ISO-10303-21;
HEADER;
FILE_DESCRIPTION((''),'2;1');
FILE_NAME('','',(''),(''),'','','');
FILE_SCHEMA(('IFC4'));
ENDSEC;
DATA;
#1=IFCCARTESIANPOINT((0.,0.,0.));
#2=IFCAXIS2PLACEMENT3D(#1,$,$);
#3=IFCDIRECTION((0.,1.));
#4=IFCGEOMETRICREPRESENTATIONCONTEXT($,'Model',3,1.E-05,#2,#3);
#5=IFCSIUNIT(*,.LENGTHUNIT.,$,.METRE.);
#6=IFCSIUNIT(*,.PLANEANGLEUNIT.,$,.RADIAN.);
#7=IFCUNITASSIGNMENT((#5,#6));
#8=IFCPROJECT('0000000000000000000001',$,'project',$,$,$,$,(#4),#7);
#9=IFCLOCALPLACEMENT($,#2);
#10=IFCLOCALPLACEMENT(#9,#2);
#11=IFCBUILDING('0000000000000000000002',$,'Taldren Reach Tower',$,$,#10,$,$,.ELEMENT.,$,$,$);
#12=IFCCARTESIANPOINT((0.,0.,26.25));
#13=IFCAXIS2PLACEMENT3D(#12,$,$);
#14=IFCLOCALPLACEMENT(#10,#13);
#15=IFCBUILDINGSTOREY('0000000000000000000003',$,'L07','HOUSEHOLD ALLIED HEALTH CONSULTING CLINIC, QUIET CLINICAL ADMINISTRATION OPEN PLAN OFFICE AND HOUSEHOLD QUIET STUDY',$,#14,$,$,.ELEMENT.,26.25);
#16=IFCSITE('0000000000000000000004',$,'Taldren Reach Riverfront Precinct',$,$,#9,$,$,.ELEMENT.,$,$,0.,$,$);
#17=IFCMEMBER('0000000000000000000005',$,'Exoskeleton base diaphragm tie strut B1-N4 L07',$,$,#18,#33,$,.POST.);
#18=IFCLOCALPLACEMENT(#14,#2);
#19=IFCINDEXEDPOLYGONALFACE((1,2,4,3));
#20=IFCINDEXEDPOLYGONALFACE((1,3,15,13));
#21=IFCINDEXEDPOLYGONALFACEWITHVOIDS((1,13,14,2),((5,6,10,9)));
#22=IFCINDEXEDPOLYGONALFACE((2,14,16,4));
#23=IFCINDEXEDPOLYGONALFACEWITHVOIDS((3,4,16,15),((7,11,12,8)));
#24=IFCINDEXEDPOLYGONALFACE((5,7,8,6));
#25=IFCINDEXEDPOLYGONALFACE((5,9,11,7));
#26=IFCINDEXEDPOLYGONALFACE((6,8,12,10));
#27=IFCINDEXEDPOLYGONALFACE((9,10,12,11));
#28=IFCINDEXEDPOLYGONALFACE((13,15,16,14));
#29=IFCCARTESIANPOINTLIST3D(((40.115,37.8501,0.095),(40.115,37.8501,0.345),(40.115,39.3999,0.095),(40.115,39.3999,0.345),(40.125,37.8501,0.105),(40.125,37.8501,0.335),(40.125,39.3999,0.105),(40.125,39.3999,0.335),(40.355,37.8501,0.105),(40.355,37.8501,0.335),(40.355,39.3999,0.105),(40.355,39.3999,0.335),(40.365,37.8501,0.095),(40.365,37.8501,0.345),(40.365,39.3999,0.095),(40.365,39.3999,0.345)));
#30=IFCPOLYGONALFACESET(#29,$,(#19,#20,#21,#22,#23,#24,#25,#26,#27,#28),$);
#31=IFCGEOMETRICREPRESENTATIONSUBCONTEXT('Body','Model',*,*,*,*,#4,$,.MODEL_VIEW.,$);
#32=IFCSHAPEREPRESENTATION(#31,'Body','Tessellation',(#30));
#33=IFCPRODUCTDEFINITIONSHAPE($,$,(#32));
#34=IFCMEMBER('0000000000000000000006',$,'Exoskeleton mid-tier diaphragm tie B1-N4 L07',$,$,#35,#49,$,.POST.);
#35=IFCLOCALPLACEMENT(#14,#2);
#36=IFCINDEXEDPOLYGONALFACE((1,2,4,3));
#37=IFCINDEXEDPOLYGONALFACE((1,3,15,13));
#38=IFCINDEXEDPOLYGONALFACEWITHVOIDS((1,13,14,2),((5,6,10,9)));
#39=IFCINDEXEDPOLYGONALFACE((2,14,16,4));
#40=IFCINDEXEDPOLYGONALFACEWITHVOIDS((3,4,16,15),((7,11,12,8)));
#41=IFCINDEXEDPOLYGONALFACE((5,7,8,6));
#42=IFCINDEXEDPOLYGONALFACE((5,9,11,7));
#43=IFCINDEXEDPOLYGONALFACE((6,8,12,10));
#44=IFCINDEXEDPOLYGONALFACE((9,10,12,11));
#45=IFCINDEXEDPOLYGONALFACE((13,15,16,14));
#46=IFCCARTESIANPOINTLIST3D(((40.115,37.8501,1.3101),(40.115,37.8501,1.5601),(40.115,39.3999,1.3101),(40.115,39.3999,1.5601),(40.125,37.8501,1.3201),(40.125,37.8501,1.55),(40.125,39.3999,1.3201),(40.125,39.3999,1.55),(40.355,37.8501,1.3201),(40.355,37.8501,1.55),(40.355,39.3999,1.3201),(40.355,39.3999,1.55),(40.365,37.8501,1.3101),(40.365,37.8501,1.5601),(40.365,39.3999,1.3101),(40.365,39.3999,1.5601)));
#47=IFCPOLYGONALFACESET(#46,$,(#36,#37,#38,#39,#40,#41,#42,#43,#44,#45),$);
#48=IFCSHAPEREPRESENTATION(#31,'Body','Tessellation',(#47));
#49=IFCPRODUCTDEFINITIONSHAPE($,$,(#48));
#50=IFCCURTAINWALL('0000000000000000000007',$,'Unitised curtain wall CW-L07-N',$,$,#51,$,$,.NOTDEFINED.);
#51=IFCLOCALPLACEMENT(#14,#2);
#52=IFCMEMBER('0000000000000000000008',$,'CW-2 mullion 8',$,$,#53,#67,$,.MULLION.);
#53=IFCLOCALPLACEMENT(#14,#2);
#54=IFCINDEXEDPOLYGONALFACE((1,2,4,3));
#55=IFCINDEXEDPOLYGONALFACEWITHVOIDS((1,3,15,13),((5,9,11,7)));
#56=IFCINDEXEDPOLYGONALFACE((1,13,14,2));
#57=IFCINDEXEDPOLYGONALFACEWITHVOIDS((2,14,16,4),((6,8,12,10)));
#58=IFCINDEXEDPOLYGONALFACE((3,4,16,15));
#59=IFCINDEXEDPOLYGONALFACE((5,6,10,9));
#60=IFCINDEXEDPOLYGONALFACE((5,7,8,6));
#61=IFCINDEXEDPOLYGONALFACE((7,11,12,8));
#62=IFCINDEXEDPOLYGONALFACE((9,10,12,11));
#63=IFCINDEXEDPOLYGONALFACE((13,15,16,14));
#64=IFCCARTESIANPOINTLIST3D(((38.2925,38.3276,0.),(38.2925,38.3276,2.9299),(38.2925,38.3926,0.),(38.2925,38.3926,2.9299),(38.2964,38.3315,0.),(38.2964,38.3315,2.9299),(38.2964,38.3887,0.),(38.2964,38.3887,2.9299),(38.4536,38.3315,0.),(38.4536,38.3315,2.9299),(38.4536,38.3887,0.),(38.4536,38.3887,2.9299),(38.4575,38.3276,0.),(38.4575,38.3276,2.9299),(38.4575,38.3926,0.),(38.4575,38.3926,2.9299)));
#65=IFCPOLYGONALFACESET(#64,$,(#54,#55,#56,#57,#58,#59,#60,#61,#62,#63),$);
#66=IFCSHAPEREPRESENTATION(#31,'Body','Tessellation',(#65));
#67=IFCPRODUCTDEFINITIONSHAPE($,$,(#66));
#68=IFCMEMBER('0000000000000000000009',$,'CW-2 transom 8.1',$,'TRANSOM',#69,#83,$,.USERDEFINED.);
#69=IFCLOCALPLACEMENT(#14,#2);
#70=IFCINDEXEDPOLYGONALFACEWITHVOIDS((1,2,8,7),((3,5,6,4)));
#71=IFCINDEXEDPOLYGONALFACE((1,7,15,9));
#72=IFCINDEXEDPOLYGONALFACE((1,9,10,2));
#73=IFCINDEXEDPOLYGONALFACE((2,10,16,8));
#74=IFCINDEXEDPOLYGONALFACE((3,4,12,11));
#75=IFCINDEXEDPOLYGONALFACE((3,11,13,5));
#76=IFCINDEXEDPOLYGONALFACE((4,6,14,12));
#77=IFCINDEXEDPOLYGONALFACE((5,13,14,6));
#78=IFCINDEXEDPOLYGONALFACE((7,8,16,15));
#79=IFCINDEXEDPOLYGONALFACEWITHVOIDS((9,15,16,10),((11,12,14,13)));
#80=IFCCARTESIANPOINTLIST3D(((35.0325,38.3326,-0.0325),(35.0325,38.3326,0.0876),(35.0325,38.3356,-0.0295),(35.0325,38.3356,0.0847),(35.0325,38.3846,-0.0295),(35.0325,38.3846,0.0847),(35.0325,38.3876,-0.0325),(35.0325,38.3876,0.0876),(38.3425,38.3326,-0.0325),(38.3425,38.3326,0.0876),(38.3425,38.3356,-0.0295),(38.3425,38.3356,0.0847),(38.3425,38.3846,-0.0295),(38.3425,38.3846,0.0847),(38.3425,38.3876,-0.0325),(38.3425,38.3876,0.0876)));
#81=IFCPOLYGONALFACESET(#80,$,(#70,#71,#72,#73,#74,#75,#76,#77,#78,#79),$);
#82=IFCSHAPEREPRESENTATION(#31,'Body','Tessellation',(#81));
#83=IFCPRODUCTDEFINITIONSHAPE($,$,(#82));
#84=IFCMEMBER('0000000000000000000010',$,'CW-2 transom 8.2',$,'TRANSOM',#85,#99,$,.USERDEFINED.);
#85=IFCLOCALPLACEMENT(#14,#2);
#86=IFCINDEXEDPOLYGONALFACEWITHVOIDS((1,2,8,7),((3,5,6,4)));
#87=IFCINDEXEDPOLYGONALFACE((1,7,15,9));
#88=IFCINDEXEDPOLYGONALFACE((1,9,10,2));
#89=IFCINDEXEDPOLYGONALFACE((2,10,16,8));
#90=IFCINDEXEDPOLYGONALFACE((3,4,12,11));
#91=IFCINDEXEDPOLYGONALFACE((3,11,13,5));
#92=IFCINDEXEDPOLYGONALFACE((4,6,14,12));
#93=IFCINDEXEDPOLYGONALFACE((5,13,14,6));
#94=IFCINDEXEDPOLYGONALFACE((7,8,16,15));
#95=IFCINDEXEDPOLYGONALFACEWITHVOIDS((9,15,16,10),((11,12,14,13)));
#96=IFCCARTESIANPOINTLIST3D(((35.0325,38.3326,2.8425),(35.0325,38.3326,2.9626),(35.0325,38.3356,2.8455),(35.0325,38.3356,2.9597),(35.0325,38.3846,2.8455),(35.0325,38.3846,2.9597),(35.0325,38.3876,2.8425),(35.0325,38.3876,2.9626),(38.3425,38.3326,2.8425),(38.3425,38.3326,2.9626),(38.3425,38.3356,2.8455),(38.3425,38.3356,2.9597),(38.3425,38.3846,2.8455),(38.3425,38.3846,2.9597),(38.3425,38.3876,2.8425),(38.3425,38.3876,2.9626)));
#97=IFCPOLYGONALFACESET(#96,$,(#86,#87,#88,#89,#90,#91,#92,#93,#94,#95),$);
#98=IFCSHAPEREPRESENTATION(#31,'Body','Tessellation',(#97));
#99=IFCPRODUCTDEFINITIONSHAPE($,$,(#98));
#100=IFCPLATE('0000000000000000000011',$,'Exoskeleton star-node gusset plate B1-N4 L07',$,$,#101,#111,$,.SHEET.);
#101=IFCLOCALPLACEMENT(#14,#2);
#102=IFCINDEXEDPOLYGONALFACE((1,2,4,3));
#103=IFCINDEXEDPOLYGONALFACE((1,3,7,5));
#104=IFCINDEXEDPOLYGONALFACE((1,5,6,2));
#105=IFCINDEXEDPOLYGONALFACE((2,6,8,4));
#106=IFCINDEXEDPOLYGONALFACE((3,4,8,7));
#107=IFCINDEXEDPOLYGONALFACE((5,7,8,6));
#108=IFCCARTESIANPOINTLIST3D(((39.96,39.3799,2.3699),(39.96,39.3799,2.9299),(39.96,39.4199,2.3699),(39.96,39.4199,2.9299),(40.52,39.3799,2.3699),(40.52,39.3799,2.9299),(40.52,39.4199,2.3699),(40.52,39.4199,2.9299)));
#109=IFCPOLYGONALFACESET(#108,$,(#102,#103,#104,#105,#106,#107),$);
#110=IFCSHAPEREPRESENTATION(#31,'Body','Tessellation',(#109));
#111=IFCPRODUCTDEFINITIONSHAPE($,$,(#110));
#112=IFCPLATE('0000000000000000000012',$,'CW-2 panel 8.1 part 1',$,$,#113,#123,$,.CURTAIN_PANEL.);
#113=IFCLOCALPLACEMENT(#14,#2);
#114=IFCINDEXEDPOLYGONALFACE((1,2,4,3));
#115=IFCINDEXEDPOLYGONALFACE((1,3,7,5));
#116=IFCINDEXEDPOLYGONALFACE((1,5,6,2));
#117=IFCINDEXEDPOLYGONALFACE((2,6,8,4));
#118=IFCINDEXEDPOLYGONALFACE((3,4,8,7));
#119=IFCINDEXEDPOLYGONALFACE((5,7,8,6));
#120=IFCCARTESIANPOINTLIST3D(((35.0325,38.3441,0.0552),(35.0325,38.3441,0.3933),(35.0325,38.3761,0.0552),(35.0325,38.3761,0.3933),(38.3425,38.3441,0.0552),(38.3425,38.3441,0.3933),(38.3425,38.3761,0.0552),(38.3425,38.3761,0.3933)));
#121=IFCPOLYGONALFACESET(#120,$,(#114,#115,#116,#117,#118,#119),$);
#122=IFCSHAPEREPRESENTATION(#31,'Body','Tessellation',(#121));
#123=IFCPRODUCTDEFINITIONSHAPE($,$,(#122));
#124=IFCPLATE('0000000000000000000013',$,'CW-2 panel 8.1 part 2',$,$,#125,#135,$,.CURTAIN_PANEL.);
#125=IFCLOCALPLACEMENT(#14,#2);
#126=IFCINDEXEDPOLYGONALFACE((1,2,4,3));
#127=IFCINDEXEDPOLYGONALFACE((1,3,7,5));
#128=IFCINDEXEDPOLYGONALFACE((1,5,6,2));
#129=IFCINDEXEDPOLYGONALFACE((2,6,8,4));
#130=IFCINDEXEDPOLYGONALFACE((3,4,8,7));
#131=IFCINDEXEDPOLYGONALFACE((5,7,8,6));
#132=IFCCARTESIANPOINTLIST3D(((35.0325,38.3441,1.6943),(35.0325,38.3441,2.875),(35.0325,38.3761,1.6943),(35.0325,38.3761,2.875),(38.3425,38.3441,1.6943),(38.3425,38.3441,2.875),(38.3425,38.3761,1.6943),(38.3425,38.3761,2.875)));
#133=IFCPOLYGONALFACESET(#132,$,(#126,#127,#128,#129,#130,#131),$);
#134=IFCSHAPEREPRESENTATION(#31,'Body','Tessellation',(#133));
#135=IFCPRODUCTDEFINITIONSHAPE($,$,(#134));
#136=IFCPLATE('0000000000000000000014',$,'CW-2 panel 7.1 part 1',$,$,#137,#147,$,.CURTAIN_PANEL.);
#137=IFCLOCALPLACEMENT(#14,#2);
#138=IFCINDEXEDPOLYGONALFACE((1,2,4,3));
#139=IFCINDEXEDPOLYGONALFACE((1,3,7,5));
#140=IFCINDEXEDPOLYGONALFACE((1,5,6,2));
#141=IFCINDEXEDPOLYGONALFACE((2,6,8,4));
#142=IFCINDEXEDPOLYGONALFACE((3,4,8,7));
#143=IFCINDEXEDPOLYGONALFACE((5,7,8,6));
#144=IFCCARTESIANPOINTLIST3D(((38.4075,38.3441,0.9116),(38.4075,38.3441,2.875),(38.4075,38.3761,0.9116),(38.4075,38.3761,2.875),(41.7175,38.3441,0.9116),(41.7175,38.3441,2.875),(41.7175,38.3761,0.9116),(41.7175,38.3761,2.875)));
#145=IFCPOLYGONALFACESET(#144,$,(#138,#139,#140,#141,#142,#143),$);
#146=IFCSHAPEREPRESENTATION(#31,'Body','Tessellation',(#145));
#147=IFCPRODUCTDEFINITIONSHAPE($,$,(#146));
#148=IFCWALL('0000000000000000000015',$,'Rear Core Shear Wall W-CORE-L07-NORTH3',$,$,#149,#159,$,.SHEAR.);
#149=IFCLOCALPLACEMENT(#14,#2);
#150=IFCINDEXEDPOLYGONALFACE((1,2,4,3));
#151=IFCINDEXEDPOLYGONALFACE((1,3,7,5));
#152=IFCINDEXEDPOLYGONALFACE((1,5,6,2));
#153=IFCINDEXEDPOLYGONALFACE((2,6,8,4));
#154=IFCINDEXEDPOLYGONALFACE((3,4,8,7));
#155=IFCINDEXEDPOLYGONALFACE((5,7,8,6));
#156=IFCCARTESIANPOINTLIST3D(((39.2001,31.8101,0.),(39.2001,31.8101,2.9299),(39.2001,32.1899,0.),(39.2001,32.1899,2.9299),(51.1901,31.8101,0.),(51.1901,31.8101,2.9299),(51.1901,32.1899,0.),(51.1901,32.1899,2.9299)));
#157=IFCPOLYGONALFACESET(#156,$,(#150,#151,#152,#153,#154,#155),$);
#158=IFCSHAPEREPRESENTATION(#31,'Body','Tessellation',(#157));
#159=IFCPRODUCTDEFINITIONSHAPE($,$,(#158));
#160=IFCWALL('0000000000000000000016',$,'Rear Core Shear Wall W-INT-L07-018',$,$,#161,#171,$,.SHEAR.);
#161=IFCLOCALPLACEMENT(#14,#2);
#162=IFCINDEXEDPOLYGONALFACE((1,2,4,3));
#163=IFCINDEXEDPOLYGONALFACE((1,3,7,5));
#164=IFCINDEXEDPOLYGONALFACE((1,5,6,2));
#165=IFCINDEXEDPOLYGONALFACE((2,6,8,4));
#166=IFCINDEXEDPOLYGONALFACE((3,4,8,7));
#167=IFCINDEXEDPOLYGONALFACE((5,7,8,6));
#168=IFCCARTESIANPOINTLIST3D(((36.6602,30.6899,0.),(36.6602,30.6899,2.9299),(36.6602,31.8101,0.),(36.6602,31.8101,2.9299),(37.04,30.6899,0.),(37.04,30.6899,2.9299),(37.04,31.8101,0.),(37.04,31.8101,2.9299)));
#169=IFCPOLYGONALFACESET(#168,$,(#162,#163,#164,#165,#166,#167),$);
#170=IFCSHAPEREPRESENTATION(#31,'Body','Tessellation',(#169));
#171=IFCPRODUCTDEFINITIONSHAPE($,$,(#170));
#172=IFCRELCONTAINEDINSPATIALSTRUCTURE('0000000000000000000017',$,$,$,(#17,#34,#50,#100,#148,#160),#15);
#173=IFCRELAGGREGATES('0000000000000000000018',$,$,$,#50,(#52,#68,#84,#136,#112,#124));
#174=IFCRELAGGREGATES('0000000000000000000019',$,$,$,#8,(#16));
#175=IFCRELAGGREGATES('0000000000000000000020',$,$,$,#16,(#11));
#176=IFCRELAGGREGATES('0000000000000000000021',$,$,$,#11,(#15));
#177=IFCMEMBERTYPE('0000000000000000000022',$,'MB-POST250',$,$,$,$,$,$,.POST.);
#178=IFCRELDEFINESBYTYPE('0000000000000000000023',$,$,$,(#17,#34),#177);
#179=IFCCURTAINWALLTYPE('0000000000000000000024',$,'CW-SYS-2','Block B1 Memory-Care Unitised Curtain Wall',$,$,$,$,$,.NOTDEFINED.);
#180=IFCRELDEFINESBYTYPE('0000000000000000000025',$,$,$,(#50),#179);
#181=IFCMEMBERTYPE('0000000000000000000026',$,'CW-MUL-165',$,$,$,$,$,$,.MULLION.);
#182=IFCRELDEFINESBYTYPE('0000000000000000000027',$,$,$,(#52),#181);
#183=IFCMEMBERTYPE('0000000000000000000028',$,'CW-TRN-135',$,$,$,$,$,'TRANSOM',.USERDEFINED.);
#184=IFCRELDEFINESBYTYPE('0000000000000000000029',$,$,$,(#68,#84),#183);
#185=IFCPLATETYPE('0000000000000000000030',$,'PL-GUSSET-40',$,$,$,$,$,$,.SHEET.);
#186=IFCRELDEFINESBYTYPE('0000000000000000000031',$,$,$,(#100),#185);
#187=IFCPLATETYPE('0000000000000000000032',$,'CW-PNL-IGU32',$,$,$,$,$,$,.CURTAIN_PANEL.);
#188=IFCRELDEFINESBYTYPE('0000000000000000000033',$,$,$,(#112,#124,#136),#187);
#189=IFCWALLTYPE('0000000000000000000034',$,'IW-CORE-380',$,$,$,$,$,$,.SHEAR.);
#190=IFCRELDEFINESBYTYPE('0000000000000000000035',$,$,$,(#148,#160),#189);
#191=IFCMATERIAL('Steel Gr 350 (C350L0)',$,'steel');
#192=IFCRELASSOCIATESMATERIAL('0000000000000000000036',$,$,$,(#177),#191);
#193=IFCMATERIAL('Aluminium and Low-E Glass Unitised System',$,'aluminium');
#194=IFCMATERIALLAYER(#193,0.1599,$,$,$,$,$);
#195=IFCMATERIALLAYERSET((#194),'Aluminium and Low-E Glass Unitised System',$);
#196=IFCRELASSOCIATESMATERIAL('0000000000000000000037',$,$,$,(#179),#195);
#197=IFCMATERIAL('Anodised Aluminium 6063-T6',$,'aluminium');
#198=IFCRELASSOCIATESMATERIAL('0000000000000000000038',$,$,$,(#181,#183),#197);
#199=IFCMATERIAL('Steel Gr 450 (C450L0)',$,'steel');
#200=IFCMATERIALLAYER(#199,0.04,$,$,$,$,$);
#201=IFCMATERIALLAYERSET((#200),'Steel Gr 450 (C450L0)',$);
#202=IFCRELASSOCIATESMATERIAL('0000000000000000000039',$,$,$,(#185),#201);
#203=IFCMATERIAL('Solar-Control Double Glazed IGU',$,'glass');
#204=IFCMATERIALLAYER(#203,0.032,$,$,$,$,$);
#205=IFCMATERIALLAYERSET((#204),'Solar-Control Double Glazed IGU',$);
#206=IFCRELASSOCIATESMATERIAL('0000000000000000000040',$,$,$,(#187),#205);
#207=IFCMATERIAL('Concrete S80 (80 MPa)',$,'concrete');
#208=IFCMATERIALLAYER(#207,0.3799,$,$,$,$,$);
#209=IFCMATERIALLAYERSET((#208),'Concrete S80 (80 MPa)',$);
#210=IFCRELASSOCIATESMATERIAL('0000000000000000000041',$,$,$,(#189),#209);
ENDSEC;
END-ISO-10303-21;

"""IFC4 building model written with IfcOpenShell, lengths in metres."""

from ifc_helpers import new_model, si_unit, direction, frame, frame_2d, origin, origin_2d, place, context, subcontext, project, spatial, rectangle, hollow_rectangle, extrude, source, transform, mapped, material, layer, layer_set, material_profile, profile_set, type_object, element, aggregate, save


model = new_model("IFC4")

# Units and contexts
model_context = context("Model", 3, precision=1e-05, world=origin(), true_north=direction((0.0, 1.0)))
body_context = subcontext(model_context, "Body", "Model", "MODEL_VIEW")
ifc_project = project(units=[si_unit("LENGTHUNIT", "METRE"), si_unit("PLANEANGLEUNIT", "RADIAN")], contexts=[model_context])

# Site, building, storey
site_placement = place(None, origin())
site = spatial("IfcSite", under=ifc_project, at=site_placement, Name="Taldren Reach Riverfront Precinct", CompositionType="ELEMENT", RefElevation=0.0)
building_placement = place(site_placement, origin())
building = spatial("IfcBuilding", under=site, at=building_placement, Name="Taldren Reach Tower", CompositionType="ELEMENT")
storey_placement = place(building_placement, frame((0.0, 0.0, 26.25)))
storey = spatial("IfcBuildingStorey", under=building, at=storey_placement, Name="L07", Description="HOUSEHOLD ALLIED HEALTH CONSULTING CLINIC, QUIET CLINICAL ADMINISTRATION OPEN PLAN OFFICE AND HOUSEHOLD QUIET STUDY", CompositionType="ELEMENT", Elevation=26.25)

# Members
ifc_material_1 = material(Name="Steel Gr 450 (C450L0)", Category="steel")
ifc_material_2 = material(Name="Steel Gr 350 (C350L0)", Category="steel")
ifc_material_profile_1 = material_profile(ifc_material_2, hollow_rectangle(XDim=0.25, YDim=0.25, WallThickness=0.01, at=origin_2d()), Name="250x250x10.0SHS")
ifc_profile_set_1 = profile_set([ifc_material_profile_1], Name="Steel Gr 350 (C350L0)")
member_type_1 = type_object("IfcMemberType", Name="MB-POST250", PredefinedType="POST", material=ifc_profile_set_1)
shared_shape_1 = source(origin(), body_context, "Body", "SweptSolid", [
    extrude(hollow_rectangle(XDim=0.25, YDim=0.25, WallThickness=0.01, at=origin_2d()), origin(), (0.0, 0.0, 1.0), 1.5498),
])
for number, where, z_axis, x_axis, name in (
    (1, (40.24, 37.8501, 0.22), (0.0, 1.0, 0.0), (-1.0, 0.0, 0.0), "Exoskeleton base diaphragm tie strut B1-N4 L07"),
    (2, (40.24, 37.8501, 1.4351), (0.0, 1.0, 0.0), (-1.0, 0.0, 0.0), "Exoskeleton mid-tier diaphragm tie B1-N4 L07"),
):
    element("IfcMember", number, at=place(storey_placement, frame(where, z_axis=z_axis, x_axis=x_axis)), inside=storey, type_object=member_type_1, Name=name, PredefinedType="POST", context=body_context, shape_type="MappedRepresentation", body=[
        mapped(shared_shape_1, transform((0.0, 0.0, 0.0), scale=1.0)),
    ])

# Curtain wall, members
ifc_material_3 = material(Name="Aluminium and Low-E Glass Unitised System", Category="aluminium")
ifc_layer_1 = layer(ifc_material_3, 0.1599)
ifc_layer_set_1 = layer_set([ifc_layer_1], Name="Aluminium and Low-E Glass Unitised System")
curtain_wall_type = type_object("IfcCurtainWallType", Name="CW-SYS-2", Description="Block B1 Memory-Care Unitised Curtain Wall", PredefinedType="NOTDEFINED", material=ifc_layer_set_1)
curtain_wall_placement = place(storey_placement, origin())
curtain_wall = element("IfcCurtainWall", 3, at=curtain_wall_placement, inside=storey, type_object=curtain_wall_type, Name="Unitised curtain wall CW-L07-N", PredefinedType="NOTDEFINED")
ifc_material_4 = material(Name="Anodised Aluminium 6063-T6", Category="aluminium")
ifc_material_profile_2 = material_profile(ifc_material_4, hollow_rectangle(XDim=0.0649, YDim=0.165, WallThickness=0.0039, at=origin_2d()), Name="ALU-165x65x4RHS")
ifc_profile_set_2 = profile_set([ifc_material_profile_2], Name="Anodised Aluminium 6063-T6")
member_type_2 = type_object("IfcMemberType", Name="CW-MUL-165", PredefinedType="MULLION", material=ifc_profile_set_2)
shared_shape_2 = source(origin(), body_context, "Body", "SweptSolid", [
    extrude(hollow_rectangle(XDim=0.0649, YDim=0.165, WallThickness=0.0039, at=origin_2d()), origin(), (0.0, 0.0, 1.0), 2.9299),
])
member_1_placement = place(storey_placement, frame((38.375, 38.3601, 0.0), z_axis=(0.0, 0.0, 1.0), x_axis=(0.0, -1.0, 0.0)))
member_1 = element("IfcMember", 4, at=member_1_placement, type_object=member_type_2, Name="CW-2 mullion 8", PredefinedType="MULLION", context=body_context, shape_type="MappedRepresentation", body=[
    mapped(shared_shape_2, transform((0.0, 0.0, 0.0), scale=1.0)),
])
ifc_material_profile_3 = material_profile(ifc_material_4, hollow_rectangle(XDim=0.0549, YDim=0.1201, WallThickness=0.0029, at=origin_2d()), Name="ALU-120x55x3RHS")
ifc_profile_set_3 = profile_set([ifc_material_profile_3], Name="Anodised Aluminium 6063-T6")
member_type_3 = type_object("IfcMemberType", Name="CW-TRN-135", ElementType="TRANSOM", PredefinedType="USERDEFINED", material=ifc_profile_set_3)
shared_shape_3 = source(origin(), body_context, "Body", "SweptSolid", [
    extrude(hollow_rectangle(XDim=0.0549, YDim=0.1201, WallThickness=0.0029, at=origin_2d()), origin(), (0.0, 0.0, 1.0), 3.3101),
])
member_2_placement = place(storey_placement, frame((38.3425, 38.3601, 0.0276), z_axis=(-1.0, 0.0, 0.0), x_axis=(0.0, -1.0, 0.0)))
member_2 = element("IfcMember", 5, at=member_2_placement, type_object=member_type_3, Name="CW-2 transom 8.1", ObjectType="TRANSOM", PredefinedType="USERDEFINED", context=body_context, shape_type="MappedRepresentation", body=[
    mapped(shared_shape_3, transform((0.0, 0.0, 0.0), scale=1.0)),
])
member_3_placement = place(storey_placement, frame((38.3425, 38.3601, 2.9026), z_axis=(-1.0, 0.0, 0.0), x_axis=(0.0, -1.0, 0.0)))
member_3 = element("IfcMember", 6, at=member_3_placement, type_object=member_type_3, Name="CW-2 transom 8.2", ObjectType="TRANSOM", PredefinedType="USERDEFINED", context=body_context, shape_type="MappedRepresentation", body=[
    mapped(shared_shape_3, transform((0.0, 0.0, 0.0), scale=1.0)),
])

# Plates
ifc_layer_2 = layer(ifc_material_1, 0.04)
ifc_layer_set_2 = layer_set([ifc_layer_2], Name="Steel Gr 450 (C450L0)")
plate_type_1 = type_object("IfcPlateType", Name="PL-GUSSET-40", PredefinedType="SHEET", material=ifc_layer_set_2)
shared_shape_4 = source(origin(), body_context, "Body", "SweptSolid", [
    extrude(rectangle(XDim=0.5601, YDim=0.04, at=origin_2d()), origin(), (0.0, 0.0, 1.0), 0.5601),
])
plate_1_placement = place(storey_placement, frame((40.24, 39.3999, 2.3699), z_axis=(0.0, 0.0, 1.0), x_axis=(1.0, 0.0, 0.0)))
element("IfcPlate", 7, at=plate_1_placement, inside=storey, type_object=plate_type_1, Name="Exoskeleton star-node gusset plate B1-N4 L07", PredefinedType="SHEET", context=body_context, shape_type="MappedRepresentation", body=[
    mapped(shared_shape_4, transform((0.0, 0.0, 0.0), scale=1.0)),
])
ifc_material_5 = material(Name="Solar-Control Double Glazed IGU", Category="glass")
ifc_layer_3 = layer(ifc_material_5, 0.032)
ifc_layer_set_3 = layer_set([ifc_layer_3], Name="Solar-Control Double Glazed IGU")
plate_type_2 = type_object("IfcPlateType", Name="CW-PNL-IGU32", PredefinedType="CURTAIN_PANEL", material=ifc_layer_set_3)
shared_shape_5 = source(origin(), body_context, "Body", "SweptSolid", [
    extrude(rectangle(XDim=3.3101, YDim=0.032, at=origin_2d()), origin(), (0.0, 0.0, 1.0), 0.3381),
])
plate_2_placement = place(storey_placement, frame((36.6875, 38.3601, 0.0552), z_axis=(0.0, 0.0, 1.0), x_axis=(-1.0, 0.0, 0.0)))
plate_2 = element("IfcPlate", 8, at=plate_2_placement, type_object=plate_type_2, Name="CW-2 panel 8.1 part 1", PredefinedType="CURTAIN_PANEL", context=body_context, shape_type="MappedRepresentation", body=[
    mapped(shared_shape_5, transform((0.0, 0.0, 0.0), scale=1.0)),
])
shared_shape_6 = source(origin(), body_context, "Body", "SweptSolid", [
    extrude(rectangle(XDim=3.3101, YDim=0.032, at=origin_2d()), origin(), (0.0, 0.0, 1.0), 1.1807),
])
plate_3_placement = place(storey_placement, frame((36.6875, 38.3601, 1.6943), z_axis=(0.0, 0.0, 1.0), x_axis=(-1.0, 0.0, 0.0)))
plate_3 = element("IfcPlate", 9, at=plate_3_placement, type_object=plate_type_2, Name="CW-2 panel 8.1 part 2", PredefinedType="CURTAIN_PANEL", context=body_context, shape_type="MappedRepresentation", body=[
    mapped(shared_shape_6, transform((0.0, 0.0, 0.0), scale=1.0)),
])
shared_shape_7 = source(origin(), body_context, "Body", "SweptSolid", [
    extrude(rectangle(XDim=3.3101, YDim=0.032, at=origin_2d()), origin(), (0.0, 0.0, 1.0), 1.9634),
])
plate_4_placement = place(storey_placement, frame((40.0625, 38.3601, 0.9116), z_axis=(0.0, 0.0, 1.0), x_axis=(-1.0, 0.0, 0.0)))
plate_4 = element("IfcPlate", 10, at=plate_4_placement, type_object=plate_type_2, Name="CW-2 panel 7.1 part 1", PredefinedType="CURTAIN_PANEL", context=body_context, shape_type="MappedRepresentation", body=[
    mapped(shared_shape_7, transform((0.0, 0.0, 0.0), scale=1.0)),
])
aggregate(curtain_wall, [member_1, member_2, member_3, plate_4, plate_2, plate_3])

# Walls
ifc_material_6 = material(Name="Concrete S80 (80 MPa)", Category="concrete")
ifc_layer_4 = layer(ifc_material_6, 0.3799)
ifc_layer_set_4 = layer_set([ifc_layer_4], Name="Concrete S80 (80 MPa)")
wall_type = type_object("IfcWallType", Name="IW-CORE-380", PredefinedType="SHEAR", material=ifc_layer_set_4)
shared_shape_8 = source(origin(), body_context, "Body", "SweptSolid", [
    extrude(rectangle(XDim=11.99, YDim=0.3799, at=frame_2d((5.9951, 0.0))), origin(), (0.0, 0.0, 1.0), 2.9299),
])
wall_1_placement = place(storey_placement, frame((39.2, 32.0, 0.0), z_axis=(0.0, 0.0, 1.0), x_axis=(1.0, 0.0, 0.0)))
element("IfcWall", 11, at=wall_1_placement, inside=storey, type_object=wall_type, Name="Rear Core Shear Wall W-CORE-L07-NORTH3", PredefinedType="SHEAR", context=body_context, shape_type="MappedRepresentation", body=[
    mapped(shared_shape_8, transform((0.0, 0.0, 0.0), scale=1.0)),
])
shared_shape_9 = source(origin(), body_context, "Body", "SweptSolid", [
    extrude(rectangle(XDim=1.1201, YDim=0.3799, at=frame_2d((0.5601, 0.0))), origin(), (0.0, 0.0, 1.0), 2.9299),
])
wall_2_placement = place(storey_placement, frame((36.8501, 30.6899, 0.0), z_axis=(0.0, 0.0, 1.0), x_axis=(0.0, 1.0, 0.0)))
element("IfcWall", 12, at=wall_2_placement, inside=storey, type_object=wall_type, Name="Rear Core Shear Wall W-INT-L07-018", PredefinedType="SHEAR", context=body_context, shape_type="MappedRepresentation", body=[
    mapped(shared_shape_9, transform((0.0, 0.0, 0.0), scale=1.0)),
])

save(model, "model.ifc")
